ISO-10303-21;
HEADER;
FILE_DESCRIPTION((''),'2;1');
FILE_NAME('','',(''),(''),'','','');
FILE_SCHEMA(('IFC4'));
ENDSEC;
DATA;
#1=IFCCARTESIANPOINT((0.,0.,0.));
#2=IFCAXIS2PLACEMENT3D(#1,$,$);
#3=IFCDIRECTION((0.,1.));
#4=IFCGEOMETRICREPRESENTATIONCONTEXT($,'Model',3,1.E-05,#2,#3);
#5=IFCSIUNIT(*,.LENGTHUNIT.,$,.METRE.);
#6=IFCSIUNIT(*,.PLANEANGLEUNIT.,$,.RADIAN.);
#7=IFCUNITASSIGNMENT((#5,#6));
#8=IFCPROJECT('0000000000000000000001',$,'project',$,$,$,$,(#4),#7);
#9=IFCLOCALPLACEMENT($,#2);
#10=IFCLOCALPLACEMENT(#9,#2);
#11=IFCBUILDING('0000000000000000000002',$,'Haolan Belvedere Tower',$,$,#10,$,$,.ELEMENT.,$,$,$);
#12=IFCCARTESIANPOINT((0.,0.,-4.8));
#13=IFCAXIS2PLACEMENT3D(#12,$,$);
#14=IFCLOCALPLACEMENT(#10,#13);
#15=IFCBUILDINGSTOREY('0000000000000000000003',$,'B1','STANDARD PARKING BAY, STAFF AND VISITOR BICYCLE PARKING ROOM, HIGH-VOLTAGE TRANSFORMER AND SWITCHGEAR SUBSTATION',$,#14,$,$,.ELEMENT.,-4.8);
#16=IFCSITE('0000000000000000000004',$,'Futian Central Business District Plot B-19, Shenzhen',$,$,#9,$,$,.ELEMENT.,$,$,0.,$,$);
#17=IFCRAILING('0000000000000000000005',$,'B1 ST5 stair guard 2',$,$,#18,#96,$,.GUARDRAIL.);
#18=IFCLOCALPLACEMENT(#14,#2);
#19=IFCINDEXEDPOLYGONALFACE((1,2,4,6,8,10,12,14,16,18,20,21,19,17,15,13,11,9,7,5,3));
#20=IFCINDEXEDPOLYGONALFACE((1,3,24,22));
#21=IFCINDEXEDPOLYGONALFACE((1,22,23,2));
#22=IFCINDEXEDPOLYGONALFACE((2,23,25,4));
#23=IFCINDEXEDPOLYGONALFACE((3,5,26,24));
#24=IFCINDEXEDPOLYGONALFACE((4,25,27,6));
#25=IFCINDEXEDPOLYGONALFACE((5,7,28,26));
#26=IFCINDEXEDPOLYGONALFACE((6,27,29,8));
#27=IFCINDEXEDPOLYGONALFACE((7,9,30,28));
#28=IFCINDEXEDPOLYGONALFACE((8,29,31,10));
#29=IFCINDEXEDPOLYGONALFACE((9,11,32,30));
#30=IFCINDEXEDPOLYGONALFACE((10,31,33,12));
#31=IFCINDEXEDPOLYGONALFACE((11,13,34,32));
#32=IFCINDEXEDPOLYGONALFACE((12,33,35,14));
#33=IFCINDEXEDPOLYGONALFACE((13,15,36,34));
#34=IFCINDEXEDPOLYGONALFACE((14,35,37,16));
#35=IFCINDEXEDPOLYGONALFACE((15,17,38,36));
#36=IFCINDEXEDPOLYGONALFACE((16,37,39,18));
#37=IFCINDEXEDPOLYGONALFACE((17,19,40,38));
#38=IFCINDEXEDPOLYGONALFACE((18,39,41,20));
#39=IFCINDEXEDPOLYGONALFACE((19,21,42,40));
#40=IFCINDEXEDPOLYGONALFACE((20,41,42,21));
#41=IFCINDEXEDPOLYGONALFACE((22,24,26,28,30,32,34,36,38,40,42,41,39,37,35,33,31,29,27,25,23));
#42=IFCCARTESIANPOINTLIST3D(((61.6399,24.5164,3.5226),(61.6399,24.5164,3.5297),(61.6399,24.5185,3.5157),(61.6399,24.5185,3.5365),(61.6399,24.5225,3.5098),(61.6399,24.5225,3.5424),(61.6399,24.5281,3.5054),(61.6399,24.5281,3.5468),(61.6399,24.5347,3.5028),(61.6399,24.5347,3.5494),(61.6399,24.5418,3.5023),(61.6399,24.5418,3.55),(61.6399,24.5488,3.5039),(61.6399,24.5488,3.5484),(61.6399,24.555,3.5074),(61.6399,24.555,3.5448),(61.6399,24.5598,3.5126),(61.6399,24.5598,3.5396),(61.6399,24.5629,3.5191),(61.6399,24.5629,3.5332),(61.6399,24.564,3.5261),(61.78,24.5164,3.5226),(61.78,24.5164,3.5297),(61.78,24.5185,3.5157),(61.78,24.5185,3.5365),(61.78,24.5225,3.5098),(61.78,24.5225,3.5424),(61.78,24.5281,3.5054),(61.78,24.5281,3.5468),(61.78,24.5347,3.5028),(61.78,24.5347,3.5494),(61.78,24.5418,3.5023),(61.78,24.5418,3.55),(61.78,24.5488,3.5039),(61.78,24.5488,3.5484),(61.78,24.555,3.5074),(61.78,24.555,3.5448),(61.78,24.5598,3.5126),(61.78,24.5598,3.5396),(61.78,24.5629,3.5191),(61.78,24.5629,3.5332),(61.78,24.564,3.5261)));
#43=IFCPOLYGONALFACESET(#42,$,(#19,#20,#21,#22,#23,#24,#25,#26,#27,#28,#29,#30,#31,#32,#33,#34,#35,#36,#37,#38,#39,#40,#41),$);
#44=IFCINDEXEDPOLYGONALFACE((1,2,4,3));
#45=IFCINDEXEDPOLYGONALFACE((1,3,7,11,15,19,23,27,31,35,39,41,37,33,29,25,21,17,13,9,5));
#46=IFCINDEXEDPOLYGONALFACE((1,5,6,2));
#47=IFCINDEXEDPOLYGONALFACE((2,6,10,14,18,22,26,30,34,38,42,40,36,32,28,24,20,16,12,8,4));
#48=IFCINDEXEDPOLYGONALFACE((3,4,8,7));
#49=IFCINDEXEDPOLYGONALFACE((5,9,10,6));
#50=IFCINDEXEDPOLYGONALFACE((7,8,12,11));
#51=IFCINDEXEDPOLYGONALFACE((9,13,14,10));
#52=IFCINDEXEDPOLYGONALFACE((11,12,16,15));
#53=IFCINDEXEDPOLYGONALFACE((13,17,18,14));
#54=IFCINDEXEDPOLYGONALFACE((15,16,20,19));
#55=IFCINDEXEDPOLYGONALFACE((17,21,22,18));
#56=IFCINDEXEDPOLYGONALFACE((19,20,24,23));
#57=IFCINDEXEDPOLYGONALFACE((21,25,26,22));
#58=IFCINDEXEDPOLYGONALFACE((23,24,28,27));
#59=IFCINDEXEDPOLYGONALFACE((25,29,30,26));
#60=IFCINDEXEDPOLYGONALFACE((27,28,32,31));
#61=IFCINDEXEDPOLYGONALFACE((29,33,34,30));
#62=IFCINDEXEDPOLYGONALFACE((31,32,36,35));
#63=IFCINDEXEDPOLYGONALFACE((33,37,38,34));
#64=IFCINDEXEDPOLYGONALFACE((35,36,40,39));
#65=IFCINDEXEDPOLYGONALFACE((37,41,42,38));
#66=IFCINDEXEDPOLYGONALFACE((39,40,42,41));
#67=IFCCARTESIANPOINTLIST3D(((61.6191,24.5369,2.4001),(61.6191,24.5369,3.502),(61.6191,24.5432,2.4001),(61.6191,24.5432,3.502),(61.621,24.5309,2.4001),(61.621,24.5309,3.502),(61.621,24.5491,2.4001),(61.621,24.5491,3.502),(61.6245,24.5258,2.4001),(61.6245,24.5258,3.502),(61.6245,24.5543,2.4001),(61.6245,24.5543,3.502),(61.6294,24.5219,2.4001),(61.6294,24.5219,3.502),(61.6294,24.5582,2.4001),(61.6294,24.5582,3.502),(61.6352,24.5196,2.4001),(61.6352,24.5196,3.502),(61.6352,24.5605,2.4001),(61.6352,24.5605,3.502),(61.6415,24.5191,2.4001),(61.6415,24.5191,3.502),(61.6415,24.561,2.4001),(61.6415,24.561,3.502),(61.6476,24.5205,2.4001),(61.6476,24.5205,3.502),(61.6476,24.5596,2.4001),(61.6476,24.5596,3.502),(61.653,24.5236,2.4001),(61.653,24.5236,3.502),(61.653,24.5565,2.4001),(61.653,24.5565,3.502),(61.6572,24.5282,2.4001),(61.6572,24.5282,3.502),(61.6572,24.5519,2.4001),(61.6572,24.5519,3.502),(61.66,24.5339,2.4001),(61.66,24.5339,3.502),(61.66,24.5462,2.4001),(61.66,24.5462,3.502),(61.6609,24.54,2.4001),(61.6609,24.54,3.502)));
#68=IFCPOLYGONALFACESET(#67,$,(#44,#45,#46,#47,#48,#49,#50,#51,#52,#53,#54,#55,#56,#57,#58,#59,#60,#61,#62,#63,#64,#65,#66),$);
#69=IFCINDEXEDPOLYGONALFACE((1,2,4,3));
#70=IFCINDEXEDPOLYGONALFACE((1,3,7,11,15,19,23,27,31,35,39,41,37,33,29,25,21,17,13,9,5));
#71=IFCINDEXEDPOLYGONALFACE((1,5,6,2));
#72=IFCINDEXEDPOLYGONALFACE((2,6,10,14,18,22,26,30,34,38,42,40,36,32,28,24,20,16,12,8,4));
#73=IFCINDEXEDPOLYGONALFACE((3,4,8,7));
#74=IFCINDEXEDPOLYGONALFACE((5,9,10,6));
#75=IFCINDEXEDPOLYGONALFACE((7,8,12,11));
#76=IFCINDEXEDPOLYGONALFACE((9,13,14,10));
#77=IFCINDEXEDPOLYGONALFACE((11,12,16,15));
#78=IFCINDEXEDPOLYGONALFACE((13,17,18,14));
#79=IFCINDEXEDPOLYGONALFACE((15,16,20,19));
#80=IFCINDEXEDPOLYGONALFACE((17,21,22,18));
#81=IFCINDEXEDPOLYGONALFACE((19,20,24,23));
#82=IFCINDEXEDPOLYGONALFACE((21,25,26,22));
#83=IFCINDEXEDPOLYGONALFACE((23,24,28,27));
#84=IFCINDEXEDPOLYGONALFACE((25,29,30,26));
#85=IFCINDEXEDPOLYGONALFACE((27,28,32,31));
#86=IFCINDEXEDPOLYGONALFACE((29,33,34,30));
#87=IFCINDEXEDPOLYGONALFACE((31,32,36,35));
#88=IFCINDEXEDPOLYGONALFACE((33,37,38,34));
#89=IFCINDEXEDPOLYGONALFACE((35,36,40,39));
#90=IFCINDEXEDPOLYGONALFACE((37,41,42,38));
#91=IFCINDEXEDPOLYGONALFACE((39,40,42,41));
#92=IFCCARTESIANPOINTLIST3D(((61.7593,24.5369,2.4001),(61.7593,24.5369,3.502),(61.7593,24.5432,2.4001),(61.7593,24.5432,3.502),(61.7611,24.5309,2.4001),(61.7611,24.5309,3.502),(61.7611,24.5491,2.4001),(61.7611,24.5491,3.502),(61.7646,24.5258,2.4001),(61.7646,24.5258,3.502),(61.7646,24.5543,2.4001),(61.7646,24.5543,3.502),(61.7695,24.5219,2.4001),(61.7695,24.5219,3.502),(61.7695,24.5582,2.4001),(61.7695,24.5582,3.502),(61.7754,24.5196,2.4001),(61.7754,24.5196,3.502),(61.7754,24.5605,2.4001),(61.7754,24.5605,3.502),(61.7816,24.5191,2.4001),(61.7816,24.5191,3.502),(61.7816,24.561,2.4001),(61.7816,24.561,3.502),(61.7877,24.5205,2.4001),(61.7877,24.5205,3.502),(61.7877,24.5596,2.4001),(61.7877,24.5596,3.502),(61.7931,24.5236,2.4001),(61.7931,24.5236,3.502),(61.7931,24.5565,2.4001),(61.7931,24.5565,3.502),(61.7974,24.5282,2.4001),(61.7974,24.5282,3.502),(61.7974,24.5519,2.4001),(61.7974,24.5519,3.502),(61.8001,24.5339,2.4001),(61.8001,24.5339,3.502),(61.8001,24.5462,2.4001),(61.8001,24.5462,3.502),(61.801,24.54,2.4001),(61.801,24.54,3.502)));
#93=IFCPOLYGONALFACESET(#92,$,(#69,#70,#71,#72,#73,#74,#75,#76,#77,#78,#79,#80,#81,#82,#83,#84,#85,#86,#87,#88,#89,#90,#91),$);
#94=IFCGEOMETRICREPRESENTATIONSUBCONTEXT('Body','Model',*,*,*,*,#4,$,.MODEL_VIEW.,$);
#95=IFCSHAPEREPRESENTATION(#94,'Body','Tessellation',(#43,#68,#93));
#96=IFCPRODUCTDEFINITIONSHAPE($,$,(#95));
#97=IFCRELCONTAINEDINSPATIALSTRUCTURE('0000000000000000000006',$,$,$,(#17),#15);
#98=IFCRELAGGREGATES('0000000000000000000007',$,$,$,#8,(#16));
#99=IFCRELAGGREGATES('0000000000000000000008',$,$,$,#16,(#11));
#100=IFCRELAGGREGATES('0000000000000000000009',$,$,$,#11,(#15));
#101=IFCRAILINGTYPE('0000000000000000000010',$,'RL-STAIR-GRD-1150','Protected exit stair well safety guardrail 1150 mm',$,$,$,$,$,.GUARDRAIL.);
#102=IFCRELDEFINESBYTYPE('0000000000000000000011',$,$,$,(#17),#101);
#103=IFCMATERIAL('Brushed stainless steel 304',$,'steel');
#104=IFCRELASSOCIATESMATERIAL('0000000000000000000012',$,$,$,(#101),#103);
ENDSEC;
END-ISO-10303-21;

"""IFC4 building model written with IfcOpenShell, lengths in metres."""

from ifc_helpers import new_model, si_unit, direction, frame, origin, origin_2d, place, context, subcontext, project, spatial, circle, extrude, material, type_object, element, save


model = new_model("IFC4")

# Units and contexts
model_context = context("Model", 3, precision=1e-05, world=origin(), true_north=direction((0.0, 1.0)))
body_context = subcontext(model_context, "Body", "Model", "MODEL_VIEW")
ifc_project = project(units=[si_unit("LENGTHUNIT", "METRE"), si_unit("PLANEANGLEUNIT", "RADIAN")], contexts=[model_context])

# Site, building, storey
site_placement = place(None, origin())
site = spatial("IfcSite", under=ifc_project, at=site_placement, Name="Futian Central Business District Plot B-19, Shenzhen", CompositionType="ELEMENT", RefElevation=0.0)
building_placement = place(site_placement, origin())
building = spatial("IfcBuilding", under=site, at=building_placement, Name="Haolan Belvedere Tower", CompositionType="ELEMENT")
storey_placement = place(building_placement, frame((0.0, 0.0, -4.8)))
storey = spatial("IfcBuildingStorey", under=building, at=storey_placement, Name="B1", Description="STANDARD PARKING BAY, STAFF AND VISITOR BICYCLE PARKING ROOM, HIGH-VOLTAGE TRANSFORMER AND SWITCHGEAR SUBSTATION", CompositionType="ELEMENT", Elevation=-4.8)

# Railing
ifc_material_1 = material(Name="Brushed stainless steel 304", Category="steel")
railing_type_1 = type_object("IfcRailingType", Name="RL-STAIR-GRD-1150", Description="Protected exit stair well safety guardrail 1150 mm", PredefinedType="GUARDRAIL", material=ifc_material_1)
railing_1_placement = place(storey_placement, frame((61.6399, 24.54, 2.4001)))
element("IfcRailing", 1, at=railing_1_placement, inside=storey, type_object=railing_type_1, Name="B1 ST5 stair guard 2", PredefinedType="GUARDRAIL", context=body_context, shape_type="SweptSolid", body=[
    extrude(circle(Radius=0.0239, at=origin_2d()), frame((0.0, 0.0, 1.126), z_axis=(1.0, 0.0, 0.0), x_axis=(0.0, 1.0, 0.0)), (0.0, 0.0, 1.0), 0.1401),
    extrude(circle(Radius=0.021, at=origin_2d()), origin(), (0.0, 0.0, 1.0), 1.1018),
    extrude(circle(Radius=0.021, at=origin_2d()), frame((0.1401, 0.0, 0.0)), (0.0, 0.0, 1.0), 1.1018),
])

save(model, "model.ifc")
